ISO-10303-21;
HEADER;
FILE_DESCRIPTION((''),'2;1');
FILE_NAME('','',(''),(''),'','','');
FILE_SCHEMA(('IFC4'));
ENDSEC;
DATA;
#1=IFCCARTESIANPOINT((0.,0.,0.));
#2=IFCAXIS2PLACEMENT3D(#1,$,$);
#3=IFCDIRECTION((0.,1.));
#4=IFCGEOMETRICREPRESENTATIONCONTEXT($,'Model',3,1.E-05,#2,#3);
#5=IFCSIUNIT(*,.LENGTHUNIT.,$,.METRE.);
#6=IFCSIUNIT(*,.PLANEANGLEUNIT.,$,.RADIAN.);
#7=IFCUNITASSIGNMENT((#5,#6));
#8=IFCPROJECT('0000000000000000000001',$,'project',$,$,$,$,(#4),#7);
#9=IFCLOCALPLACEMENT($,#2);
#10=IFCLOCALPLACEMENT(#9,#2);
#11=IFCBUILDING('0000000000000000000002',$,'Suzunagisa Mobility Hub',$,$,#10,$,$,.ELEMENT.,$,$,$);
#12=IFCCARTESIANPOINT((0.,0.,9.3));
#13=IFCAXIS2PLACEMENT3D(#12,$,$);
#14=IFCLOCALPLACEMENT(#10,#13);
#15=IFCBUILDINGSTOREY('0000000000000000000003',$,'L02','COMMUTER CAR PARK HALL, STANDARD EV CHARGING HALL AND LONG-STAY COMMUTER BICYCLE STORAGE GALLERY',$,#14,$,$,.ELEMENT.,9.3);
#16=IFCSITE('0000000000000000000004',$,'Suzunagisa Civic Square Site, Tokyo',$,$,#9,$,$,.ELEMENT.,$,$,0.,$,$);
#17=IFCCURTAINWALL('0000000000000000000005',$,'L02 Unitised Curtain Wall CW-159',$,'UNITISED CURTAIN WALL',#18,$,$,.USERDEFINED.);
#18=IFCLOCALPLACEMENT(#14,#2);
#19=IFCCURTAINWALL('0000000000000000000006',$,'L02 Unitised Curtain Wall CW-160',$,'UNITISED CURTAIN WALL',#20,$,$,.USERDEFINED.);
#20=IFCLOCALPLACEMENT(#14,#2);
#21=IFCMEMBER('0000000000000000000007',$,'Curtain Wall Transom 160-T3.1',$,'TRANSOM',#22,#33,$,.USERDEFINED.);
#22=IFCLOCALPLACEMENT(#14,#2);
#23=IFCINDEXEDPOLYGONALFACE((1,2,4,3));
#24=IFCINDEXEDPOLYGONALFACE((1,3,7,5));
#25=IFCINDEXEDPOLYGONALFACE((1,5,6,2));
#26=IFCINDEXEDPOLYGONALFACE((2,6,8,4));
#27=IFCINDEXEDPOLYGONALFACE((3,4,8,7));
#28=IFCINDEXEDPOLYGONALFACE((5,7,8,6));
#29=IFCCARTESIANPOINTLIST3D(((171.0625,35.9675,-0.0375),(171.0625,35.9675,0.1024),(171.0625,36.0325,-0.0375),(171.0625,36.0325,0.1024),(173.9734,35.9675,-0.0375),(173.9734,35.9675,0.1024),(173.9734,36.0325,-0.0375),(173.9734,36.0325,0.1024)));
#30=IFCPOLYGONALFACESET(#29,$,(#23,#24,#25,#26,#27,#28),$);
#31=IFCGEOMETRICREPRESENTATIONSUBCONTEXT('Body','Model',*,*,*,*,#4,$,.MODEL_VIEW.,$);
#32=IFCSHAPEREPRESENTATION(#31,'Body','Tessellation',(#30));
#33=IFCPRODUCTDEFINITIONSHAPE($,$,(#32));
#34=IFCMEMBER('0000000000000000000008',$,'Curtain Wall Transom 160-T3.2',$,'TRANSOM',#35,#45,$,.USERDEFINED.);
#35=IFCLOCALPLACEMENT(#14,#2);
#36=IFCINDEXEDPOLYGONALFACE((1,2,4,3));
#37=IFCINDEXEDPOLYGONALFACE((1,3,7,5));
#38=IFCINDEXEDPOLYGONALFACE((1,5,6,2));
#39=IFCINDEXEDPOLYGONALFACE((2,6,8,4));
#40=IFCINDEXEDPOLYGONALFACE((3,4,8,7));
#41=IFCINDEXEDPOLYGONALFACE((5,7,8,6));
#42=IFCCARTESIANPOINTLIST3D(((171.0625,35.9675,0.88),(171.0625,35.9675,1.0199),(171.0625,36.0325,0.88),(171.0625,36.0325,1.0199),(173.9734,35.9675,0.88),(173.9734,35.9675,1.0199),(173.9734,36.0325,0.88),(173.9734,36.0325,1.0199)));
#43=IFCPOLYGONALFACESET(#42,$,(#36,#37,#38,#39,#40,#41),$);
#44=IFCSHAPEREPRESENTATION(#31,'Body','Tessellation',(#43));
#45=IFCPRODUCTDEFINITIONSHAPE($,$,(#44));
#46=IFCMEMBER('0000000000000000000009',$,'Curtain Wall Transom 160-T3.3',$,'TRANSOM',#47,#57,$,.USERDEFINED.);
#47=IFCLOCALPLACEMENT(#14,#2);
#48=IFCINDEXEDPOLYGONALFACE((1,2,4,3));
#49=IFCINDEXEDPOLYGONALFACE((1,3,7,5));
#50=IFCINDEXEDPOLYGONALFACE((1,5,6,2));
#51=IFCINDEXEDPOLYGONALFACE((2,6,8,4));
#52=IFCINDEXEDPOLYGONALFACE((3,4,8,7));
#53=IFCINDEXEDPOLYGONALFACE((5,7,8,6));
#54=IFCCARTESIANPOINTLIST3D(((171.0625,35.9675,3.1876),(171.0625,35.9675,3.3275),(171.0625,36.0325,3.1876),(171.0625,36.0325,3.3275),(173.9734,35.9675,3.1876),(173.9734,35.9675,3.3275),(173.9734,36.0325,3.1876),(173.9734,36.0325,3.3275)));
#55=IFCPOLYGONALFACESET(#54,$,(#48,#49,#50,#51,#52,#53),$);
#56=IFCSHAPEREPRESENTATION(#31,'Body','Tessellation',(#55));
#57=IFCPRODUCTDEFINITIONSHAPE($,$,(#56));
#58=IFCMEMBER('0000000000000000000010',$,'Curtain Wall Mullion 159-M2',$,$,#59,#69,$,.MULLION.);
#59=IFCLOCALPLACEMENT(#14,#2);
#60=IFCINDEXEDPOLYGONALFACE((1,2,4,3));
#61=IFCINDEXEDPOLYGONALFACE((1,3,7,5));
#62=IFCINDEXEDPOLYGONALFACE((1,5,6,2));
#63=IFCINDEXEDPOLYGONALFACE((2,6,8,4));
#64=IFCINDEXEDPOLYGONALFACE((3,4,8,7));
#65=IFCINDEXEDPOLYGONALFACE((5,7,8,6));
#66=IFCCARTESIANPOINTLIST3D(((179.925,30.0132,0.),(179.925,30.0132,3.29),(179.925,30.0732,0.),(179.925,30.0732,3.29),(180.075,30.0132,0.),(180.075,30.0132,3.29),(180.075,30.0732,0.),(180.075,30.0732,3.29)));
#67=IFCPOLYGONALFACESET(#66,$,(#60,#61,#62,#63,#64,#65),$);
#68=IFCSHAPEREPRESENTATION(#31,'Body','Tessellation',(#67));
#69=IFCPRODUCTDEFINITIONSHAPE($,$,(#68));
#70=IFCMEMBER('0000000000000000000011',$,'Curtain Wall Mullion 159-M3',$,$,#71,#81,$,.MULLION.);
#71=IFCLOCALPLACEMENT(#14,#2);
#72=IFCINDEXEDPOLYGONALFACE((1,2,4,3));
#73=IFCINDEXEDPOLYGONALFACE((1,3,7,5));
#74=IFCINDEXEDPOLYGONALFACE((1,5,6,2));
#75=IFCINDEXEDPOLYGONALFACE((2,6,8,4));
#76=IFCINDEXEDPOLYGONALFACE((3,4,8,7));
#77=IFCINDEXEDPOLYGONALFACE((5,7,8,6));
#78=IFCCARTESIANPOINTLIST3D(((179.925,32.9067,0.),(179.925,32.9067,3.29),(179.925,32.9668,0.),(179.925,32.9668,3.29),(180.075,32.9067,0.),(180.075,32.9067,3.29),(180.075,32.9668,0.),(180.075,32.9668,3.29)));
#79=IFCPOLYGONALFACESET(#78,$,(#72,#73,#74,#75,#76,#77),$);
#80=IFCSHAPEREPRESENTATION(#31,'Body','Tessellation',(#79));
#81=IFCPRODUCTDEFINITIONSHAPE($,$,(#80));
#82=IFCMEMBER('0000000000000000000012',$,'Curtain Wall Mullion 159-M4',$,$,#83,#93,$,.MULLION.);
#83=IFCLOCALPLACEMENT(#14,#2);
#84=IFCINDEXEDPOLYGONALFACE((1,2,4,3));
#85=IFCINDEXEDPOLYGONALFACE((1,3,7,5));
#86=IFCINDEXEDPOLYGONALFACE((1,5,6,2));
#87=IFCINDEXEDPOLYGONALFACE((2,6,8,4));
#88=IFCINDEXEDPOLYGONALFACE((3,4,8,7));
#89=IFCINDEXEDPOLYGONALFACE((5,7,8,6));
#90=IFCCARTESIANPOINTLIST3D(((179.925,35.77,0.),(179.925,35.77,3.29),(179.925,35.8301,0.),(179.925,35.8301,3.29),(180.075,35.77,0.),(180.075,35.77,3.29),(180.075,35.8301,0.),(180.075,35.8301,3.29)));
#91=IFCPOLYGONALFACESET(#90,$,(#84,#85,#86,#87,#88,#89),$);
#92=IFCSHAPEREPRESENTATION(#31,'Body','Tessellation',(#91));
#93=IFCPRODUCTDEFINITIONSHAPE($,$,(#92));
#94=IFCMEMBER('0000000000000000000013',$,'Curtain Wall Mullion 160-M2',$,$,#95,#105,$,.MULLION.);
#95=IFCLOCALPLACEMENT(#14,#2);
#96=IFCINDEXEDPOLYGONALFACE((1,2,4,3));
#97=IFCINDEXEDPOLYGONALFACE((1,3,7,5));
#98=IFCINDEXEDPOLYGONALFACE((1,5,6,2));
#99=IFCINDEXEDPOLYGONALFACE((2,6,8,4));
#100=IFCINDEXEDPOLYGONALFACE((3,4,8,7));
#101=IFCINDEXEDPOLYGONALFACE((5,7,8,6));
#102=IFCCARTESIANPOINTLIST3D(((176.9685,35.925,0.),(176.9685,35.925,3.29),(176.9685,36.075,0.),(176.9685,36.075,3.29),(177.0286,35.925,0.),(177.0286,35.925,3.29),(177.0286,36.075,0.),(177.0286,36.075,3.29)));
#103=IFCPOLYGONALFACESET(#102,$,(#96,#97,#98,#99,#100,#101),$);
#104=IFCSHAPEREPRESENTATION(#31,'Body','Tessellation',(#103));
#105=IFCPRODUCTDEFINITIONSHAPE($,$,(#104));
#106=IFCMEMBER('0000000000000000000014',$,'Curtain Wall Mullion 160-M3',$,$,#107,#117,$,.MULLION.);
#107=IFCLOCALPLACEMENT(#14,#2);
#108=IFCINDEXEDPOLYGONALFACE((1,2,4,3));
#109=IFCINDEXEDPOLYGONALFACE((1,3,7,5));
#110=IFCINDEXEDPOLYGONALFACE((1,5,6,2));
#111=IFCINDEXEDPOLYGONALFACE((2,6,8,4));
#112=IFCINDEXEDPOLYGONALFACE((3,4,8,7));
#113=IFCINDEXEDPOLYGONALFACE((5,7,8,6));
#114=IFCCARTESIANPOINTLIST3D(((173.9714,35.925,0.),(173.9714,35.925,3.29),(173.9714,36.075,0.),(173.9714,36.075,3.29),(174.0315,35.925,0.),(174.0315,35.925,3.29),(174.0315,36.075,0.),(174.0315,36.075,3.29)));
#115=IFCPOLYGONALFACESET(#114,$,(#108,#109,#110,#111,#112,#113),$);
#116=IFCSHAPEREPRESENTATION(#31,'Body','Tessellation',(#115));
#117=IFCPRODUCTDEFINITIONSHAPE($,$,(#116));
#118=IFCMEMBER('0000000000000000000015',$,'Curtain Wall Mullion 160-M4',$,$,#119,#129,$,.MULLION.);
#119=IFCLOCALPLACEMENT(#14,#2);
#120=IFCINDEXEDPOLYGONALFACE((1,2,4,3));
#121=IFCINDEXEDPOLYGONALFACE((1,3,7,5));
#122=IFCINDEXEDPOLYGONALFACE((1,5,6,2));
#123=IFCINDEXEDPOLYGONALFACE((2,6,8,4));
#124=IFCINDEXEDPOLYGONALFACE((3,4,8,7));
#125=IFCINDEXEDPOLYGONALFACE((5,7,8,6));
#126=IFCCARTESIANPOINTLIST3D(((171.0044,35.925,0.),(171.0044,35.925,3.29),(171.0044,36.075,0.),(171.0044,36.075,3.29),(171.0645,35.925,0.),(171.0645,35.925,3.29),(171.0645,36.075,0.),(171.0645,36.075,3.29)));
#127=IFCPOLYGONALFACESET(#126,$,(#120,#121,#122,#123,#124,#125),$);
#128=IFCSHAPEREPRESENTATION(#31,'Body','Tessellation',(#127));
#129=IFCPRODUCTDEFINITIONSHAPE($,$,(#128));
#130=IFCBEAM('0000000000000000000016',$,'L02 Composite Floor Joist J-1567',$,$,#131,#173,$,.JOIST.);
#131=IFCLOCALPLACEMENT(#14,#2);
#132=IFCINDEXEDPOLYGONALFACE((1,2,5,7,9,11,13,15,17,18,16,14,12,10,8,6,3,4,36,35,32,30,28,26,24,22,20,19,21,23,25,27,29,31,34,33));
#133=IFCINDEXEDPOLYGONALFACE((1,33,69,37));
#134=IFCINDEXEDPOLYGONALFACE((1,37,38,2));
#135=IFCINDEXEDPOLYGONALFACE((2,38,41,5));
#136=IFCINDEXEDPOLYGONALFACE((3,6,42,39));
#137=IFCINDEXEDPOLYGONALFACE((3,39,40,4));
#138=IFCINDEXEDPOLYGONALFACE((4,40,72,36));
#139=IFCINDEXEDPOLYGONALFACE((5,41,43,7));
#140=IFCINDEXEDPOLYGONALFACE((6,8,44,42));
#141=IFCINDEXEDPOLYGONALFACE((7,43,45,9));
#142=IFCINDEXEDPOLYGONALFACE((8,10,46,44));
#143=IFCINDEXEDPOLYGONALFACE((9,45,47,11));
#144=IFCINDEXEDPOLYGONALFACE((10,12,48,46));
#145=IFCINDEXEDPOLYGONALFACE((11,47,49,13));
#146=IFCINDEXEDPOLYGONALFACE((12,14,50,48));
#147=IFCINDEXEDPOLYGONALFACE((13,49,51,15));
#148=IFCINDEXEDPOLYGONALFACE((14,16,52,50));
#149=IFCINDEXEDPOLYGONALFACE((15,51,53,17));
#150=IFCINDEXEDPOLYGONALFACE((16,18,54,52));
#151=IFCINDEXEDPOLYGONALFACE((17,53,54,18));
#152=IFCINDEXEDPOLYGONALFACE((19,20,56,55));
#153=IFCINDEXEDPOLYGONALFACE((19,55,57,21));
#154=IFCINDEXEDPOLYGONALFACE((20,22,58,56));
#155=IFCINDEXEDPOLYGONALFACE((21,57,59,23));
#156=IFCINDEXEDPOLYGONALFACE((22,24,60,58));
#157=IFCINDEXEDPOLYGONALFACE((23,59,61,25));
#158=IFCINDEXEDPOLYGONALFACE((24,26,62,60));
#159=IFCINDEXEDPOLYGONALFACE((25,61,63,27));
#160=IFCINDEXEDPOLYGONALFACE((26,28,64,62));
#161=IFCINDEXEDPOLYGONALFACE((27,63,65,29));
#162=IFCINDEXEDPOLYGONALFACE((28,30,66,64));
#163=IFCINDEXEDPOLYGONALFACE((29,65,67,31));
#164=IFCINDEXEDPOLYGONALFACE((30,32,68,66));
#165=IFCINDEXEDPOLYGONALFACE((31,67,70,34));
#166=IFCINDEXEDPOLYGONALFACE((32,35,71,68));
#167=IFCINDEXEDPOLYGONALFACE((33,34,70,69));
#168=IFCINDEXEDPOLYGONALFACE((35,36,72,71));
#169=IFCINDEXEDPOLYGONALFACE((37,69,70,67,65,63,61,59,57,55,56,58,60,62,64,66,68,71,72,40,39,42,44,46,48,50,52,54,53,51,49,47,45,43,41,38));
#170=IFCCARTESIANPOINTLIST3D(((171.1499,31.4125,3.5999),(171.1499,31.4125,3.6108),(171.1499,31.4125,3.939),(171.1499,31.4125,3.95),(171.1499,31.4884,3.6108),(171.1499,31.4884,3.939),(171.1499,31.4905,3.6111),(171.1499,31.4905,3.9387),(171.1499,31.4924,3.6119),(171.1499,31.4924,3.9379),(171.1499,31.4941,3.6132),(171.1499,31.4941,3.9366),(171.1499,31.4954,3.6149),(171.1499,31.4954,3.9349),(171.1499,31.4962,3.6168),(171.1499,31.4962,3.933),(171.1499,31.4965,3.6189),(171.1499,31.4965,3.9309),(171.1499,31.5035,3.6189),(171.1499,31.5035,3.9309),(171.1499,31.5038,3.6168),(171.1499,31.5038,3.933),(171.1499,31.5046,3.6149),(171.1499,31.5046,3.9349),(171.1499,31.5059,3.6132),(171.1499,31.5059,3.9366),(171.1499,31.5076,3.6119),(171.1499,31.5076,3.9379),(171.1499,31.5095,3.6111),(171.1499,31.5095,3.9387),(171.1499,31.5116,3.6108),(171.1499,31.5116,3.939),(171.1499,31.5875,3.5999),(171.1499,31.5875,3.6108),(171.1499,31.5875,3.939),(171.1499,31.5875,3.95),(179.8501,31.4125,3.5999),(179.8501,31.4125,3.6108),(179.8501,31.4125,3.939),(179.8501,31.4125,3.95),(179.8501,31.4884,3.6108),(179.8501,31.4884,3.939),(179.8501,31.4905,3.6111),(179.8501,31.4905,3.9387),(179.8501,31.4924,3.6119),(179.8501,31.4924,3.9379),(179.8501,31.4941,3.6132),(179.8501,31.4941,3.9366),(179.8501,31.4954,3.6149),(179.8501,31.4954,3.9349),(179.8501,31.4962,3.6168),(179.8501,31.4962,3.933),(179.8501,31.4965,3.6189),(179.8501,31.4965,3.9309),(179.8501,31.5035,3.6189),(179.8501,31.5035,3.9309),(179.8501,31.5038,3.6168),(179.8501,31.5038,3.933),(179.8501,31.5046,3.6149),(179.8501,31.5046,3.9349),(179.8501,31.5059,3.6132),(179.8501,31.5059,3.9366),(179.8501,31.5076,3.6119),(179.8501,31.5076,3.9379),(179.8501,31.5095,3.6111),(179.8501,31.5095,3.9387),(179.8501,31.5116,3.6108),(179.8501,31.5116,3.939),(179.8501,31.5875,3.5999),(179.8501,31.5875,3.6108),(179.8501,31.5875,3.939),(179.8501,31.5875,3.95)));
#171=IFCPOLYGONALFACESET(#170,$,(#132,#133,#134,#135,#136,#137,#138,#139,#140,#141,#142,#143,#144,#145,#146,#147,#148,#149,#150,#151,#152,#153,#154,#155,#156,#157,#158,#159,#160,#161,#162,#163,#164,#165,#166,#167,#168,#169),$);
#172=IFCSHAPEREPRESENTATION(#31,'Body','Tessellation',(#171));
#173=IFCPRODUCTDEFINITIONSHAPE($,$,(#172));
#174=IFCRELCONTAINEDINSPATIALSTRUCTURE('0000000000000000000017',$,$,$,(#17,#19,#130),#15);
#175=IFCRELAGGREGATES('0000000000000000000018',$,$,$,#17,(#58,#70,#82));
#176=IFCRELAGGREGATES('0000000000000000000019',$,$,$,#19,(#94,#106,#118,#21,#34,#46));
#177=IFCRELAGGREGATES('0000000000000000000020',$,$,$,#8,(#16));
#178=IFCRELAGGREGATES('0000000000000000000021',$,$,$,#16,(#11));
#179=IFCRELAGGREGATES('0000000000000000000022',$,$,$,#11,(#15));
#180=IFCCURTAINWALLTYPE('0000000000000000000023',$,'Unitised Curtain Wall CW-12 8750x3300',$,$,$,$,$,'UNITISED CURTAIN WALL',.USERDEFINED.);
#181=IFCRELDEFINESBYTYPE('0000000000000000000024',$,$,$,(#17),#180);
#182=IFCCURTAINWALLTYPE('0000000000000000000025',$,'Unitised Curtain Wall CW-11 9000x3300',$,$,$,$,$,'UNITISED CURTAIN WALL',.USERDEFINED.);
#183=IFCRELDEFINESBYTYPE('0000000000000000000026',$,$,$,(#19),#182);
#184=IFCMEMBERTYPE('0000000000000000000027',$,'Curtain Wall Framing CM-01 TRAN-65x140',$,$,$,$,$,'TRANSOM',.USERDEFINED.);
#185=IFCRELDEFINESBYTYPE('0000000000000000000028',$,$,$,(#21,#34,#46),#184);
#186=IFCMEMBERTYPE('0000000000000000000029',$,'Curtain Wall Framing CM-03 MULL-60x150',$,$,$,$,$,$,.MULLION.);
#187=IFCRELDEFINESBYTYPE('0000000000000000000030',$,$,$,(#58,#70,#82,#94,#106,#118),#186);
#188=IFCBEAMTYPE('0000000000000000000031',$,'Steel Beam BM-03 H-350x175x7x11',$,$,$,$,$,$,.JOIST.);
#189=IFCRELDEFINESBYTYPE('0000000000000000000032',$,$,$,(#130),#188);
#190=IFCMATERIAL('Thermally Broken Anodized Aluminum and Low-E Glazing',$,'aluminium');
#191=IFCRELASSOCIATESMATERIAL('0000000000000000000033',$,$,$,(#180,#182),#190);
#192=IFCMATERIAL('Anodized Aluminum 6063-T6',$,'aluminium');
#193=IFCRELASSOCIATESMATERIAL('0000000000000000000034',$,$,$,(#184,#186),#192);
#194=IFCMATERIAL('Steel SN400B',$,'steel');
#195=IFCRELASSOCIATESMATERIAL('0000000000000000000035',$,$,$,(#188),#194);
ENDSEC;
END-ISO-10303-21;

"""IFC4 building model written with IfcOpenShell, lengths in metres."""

from ifc_helpers import new_model, si_unit, direction, frame, origin, origin_2d, place, context, subcontext, project, spatial, rectangle, i_section, extrude, material, material_profile, profile_set, type_object, element, aggregate, save


model = new_model("IFC4")

# Units and contexts
model_context = context("Model", 3, precision=1e-05, world=origin(), true_north=direction((0.0, 1.0)))
body_context = subcontext(model_context, "Body", "Model", "MODEL_VIEW")
ifc_project = project(units=[si_unit("LENGTHUNIT", "METRE"), si_unit("PLANEANGLEUNIT", "RADIAN")], contexts=[model_context])

# Site, building, storey
site_placement = place(None, origin())
site = spatial("IfcSite", under=ifc_project, at=site_placement, Name="Suzunagisa Civic Square Site, Tokyo", CompositionType="ELEMENT", RefElevation=0.0)
building_placement = place(site_placement, origin())
building = spatial("IfcBuilding", under=site, at=building_placement, Name="Suzunagisa Mobility Hub", CompositionType="ELEMENT")
storey_placement = place(building_placement, frame((0.0, 0.0, 9.3)))
storey = spatial("IfcBuildingStorey", under=building, at=storey_placement, Name="L02", Description="COMMUTER CAR PARK HALL, STANDARD EV CHARGING HALL AND LONG-STAY COMMUTER BICYCLE STORAGE GALLERY", CompositionType="ELEMENT", Elevation=9.3)

# Curtain walls, members
ifc_material_1 = material(Name="Thermally Broken Anodized Aluminum and Low-E Glazing", Category="aluminium")
curtain_wall_type_1 = type_object("IfcCurtainWallType", Name="Unitised Curtain Wall CW-12 8750x3300", ElementType="UNITISED CURTAIN WALL", PredefinedType="USERDEFINED", material=ifc_material_1)
curtain_wall_1_placement = place(storey_placement, origin())
curtain_wall_1 = element("IfcCurtainWall", 1, at=curtain_wall_1_placement, inside=storey, type_object=curtain_wall_type_1, Name="L02 Unitised Curtain Wall CW-159", ObjectType="UNITISED CURTAIN WALL", PredefinedType="USERDEFINED")
ifc_material_2 = material(Name="Anodized Aluminum 6063-T6", Category="aluminium")
ifc_material_profile_1 = material_profile(ifc_material_2, rectangle(XDim=0.0649, YDim=0.1399, at=origin_2d()), Name="TRAN-65x140")
ifc_profile_set_1 = profile_set([ifc_material_profile_1], Name="Anodized Aluminum 6063-T6")
member_type_1 = type_object("IfcMemberType", Name="Curtain Wall Framing CM-01 TRAN-65x140", ElementType="TRANSOM", PredefinedType="USERDEFINED", material=ifc_profile_set_1)
curtain_wall_type_2 = type_object("IfcCurtainWallType", Name="Unitised Curtain Wall CW-11 9000x3300", ElementType="UNITISED CURTAIN WALL", PredefinedType="USERDEFINED", material=ifc_material_1)
curtain_wall_2_placement = place(storey_placement, origin())
curtain_wall_2 = element("IfcCurtainWall", 2, at=curtain_wall_2_placement, inside=storey, type_object=curtain_wall_type_2, Name="L02 Unitised Curtain Wall CW-160", ObjectType="UNITISED CURTAIN WALL", PredefinedType="USERDEFINED")
member_1_placement = place(storey_placement, frame((173.9734, 36.0, 0.0325), z_axis=(-1.0, 0.0, 0.0), x_axis=(0.0, -1.0, 0.0)))
member_1 = element("IfcMember", 3, at=member_1_placement, type_object=member_type_1, Name="Curtain Wall Transom 160-T3.1", ObjectType="TRANSOM", PredefinedType="USERDEFINED", context=body_context, shape_type="SweptSolid", body=[
    extrude(rectangle(XDim=0.0649, YDim=0.1399, at=origin_2d()), origin(), (0.0, 0.0, 1.0), 2.9109),
])
member_2_placement = place(storey_placement, frame((173.9734, 36.0, 0.95), z_axis=(-1.0, 0.0, 0.0), x_axis=(0.0, -1.0, 0.0)))
member_2 = element("IfcMember", 4, at=member_2_placement, type_object=member_type_1, Name="Curtain Wall Transom 160-T3.2", ObjectType="TRANSOM", PredefinedType="USERDEFINED", context=body_context, shape_type="SweptSolid", body=[
    extrude(rectangle(XDim=0.0649, YDim=0.1399, at=origin_2d()), origin(), (0.0, 0.0, 1.0), 2.9109),
])
member_3_placement = place(storey_placement, frame((173.9734, 36.0, 3.2576), z_axis=(-1.0, 0.0, 0.0), x_axis=(0.0, -1.0, 0.0)))
member_3 = element("IfcMember", 5, at=member_3_placement, type_object=member_type_1, Name="Curtain Wall Transom 160-T3.3", ObjectType="TRANSOM", PredefinedType="USERDEFINED", context=body_context, shape_type="SweptSolid", body=[
    extrude(rectangle(XDim=0.0649, YDim=0.1399, at=origin_2d()), origin(), (0.0, 0.0, 1.0), 2.9109),
])

# Members
ifc_material_profile_2 = material_profile(ifc_material_2, rectangle(XDim=0.0601, YDim=0.1499, at=origin_2d()), Name="MULL-60x150")
ifc_profile_set_2 = profile_set([ifc_material_profile_2], Name="Anodized Aluminum 6063-T6")
member_type_2 = type_object("IfcMemberType", Name="Curtain Wall Framing CM-03 MULL-60x150", PredefinedType="MULLION", material=ifc_profile_set_2)
member_4_placement = place(storey_placement, frame((180.0, 30.0432, 0.0), z_axis=(0.0, 0.0, 1.0), x_axis=(0.0, 1.0, 0.0)))
member_4 = element("IfcMember", 6, at=member_4_placement, type_object=member_type_2, Name="Curtain Wall Mullion 159-M2", PredefinedType="MULLION", context=body_context, shape_type="SweptSolid", body=[
    extrude(rectangle(XDim=0.0601, YDim=0.1499, at=origin_2d()), origin(), (0.0, 0.0, 1.0), 3.29),
])
member_5_placement = place(storey_placement, frame((180.0, 32.9368, 0.0), z_axis=(0.0, 0.0, 1.0), x_axis=(0.0, 1.0, 0.0)))
member_5 = element("IfcMember", 7, at=member_5_placement, type_object=member_type_2, Name="Curtain Wall Mullion 159-M3", PredefinedType="MULLION", context=body_context, shape_type="SweptSolid", body=[
    extrude(rectangle(XDim=0.0601, YDim=0.1499, at=origin_2d()), origin(), (0.0, 0.0, 1.0), 3.29),
])
member_6_placement = place(storey_placement, frame((180.0, 35.8, 0.0), z_axis=(0.0, 0.0, 1.0), x_axis=(0.0, 1.0, 0.0)))
member_6 = element("IfcMember", 8, at=member_6_placement, type_object=member_type_2, Name="Curtain Wall Mullion 159-M4", PredefinedType="MULLION", context=body_context, shape_type="SweptSolid", body=[
    extrude(rectangle(XDim=0.0601, YDim=0.1499, at=origin_2d()), origin(), (0.0, 0.0, 1.0), 3.29),
])
member_7_placement = place(storey_placement, frame((176.9985, 36.0, 0.0), z_axis=(0.0, 0.0, 1.0), x_axis=(-1.0, 0.0, 0.0)))
member_7 = element("IfcMember", 9, at=member_7_placement, type_object=member_type_2, Name="Curtain Wall Mullion 160-M2", PredefinedType="MULLION", context=body_context, shape_type="SweptSolid", body=[
    extrude(rectangle(XDim=0.0601, YDim=0.1499, at=origin_2d()), origin(), (0.0, 0.0, 1.0), 3.29),
])
member_8_placement = place(storey_placement, frame((174.0015, 36.0, 0.0), z_axis=(0.0, 0.0, 1.0), x_axis=(-1.0, 0.0, 0.0)))
member_8 = element("IfcMember", 10, at=member_8_placement, type_object=member_type_2, Name="Curtain Wall Mullion 160-M3", PredefinedType="MULLION", context=body_context, shape_type="SweptSolid", body=[
    extrude(rectangle(XDim=0.0601, YDim=0.1499, at=origin_2d()), origin(), (0.0, 0.0, 1.0), 3.29),
])
member_9_placement = place(storey_placement, frame((171.0344, 36.0, 0.0), z_axis=(0.0, 0.0, 1.0), x_axis=(-1.0, 0.0, 0.0)))
member_9 = element("IfcMember", 11, at=member_9_placement, type_object=member_type_2, Name="Curtain Wall Mullion 160-M4", PredefinedType="MULLION", context=body_context, shape_type="SweptSolid", body=[
    extrude(rectangle(XDim=0.0601, YDim=0.1499, at=origin_2d()), origin(), (0.0, 0.0, 1.0), 3.29),
])

# Beam
ifc_material_3 = material(Name="Steel SN400B", Category="steel")
ifc_material_profile_3 = material_profile(ifc_material_3, i_section(OverallWidth=0.175, OverallDepth=0.3501, WebThickness=0.0071, FlangeThickness=0.011, FilletRadius=0.0081, at=origin_2d()), Name="H-350x175x7x11")
ifc_profile_set_3 = profile_set([ifc_material_profile_3], Name="Steel SN400B")
beam_type_1 = type_object("IfcBeamType", Name="Steel Beam BM-03 H-350x175x7x11", PredefinedType="JOIST", material=ifc_profile_set_3)
beam_1_placement = place(storey_placement, frame((171.1499, 31.5, 3.7749), z_axis=(1.0, 0.0, 0.0), x_axis=(0.0, 1.0, 0.0)))
element("IfcBeam", 12, at=beam_1_placement, inside=storey, type_object=beam_type_1, Name="L02 Composite Floor Joist J-1567", PredefinedType="JOIST", context=body_context, shape_type="SweptSolid", body=[
    extrude(i_section(OverallWidth=0.175, OverallDepth=0.3501, WebThickness=0.0071, FlangeThickness=0.011, FilletRadius=0.0081, at=origin_2d()), origin(), (0.0, 0.0, 1.0), 8.7002),
])

aggregate(curtain_wall_1, [member_4, member_5, member_6])
aggregate(curtain_wall_2, [member_7, member_8, member_9, member_1, member_2, member_3])

save(model, "model.ifc")
